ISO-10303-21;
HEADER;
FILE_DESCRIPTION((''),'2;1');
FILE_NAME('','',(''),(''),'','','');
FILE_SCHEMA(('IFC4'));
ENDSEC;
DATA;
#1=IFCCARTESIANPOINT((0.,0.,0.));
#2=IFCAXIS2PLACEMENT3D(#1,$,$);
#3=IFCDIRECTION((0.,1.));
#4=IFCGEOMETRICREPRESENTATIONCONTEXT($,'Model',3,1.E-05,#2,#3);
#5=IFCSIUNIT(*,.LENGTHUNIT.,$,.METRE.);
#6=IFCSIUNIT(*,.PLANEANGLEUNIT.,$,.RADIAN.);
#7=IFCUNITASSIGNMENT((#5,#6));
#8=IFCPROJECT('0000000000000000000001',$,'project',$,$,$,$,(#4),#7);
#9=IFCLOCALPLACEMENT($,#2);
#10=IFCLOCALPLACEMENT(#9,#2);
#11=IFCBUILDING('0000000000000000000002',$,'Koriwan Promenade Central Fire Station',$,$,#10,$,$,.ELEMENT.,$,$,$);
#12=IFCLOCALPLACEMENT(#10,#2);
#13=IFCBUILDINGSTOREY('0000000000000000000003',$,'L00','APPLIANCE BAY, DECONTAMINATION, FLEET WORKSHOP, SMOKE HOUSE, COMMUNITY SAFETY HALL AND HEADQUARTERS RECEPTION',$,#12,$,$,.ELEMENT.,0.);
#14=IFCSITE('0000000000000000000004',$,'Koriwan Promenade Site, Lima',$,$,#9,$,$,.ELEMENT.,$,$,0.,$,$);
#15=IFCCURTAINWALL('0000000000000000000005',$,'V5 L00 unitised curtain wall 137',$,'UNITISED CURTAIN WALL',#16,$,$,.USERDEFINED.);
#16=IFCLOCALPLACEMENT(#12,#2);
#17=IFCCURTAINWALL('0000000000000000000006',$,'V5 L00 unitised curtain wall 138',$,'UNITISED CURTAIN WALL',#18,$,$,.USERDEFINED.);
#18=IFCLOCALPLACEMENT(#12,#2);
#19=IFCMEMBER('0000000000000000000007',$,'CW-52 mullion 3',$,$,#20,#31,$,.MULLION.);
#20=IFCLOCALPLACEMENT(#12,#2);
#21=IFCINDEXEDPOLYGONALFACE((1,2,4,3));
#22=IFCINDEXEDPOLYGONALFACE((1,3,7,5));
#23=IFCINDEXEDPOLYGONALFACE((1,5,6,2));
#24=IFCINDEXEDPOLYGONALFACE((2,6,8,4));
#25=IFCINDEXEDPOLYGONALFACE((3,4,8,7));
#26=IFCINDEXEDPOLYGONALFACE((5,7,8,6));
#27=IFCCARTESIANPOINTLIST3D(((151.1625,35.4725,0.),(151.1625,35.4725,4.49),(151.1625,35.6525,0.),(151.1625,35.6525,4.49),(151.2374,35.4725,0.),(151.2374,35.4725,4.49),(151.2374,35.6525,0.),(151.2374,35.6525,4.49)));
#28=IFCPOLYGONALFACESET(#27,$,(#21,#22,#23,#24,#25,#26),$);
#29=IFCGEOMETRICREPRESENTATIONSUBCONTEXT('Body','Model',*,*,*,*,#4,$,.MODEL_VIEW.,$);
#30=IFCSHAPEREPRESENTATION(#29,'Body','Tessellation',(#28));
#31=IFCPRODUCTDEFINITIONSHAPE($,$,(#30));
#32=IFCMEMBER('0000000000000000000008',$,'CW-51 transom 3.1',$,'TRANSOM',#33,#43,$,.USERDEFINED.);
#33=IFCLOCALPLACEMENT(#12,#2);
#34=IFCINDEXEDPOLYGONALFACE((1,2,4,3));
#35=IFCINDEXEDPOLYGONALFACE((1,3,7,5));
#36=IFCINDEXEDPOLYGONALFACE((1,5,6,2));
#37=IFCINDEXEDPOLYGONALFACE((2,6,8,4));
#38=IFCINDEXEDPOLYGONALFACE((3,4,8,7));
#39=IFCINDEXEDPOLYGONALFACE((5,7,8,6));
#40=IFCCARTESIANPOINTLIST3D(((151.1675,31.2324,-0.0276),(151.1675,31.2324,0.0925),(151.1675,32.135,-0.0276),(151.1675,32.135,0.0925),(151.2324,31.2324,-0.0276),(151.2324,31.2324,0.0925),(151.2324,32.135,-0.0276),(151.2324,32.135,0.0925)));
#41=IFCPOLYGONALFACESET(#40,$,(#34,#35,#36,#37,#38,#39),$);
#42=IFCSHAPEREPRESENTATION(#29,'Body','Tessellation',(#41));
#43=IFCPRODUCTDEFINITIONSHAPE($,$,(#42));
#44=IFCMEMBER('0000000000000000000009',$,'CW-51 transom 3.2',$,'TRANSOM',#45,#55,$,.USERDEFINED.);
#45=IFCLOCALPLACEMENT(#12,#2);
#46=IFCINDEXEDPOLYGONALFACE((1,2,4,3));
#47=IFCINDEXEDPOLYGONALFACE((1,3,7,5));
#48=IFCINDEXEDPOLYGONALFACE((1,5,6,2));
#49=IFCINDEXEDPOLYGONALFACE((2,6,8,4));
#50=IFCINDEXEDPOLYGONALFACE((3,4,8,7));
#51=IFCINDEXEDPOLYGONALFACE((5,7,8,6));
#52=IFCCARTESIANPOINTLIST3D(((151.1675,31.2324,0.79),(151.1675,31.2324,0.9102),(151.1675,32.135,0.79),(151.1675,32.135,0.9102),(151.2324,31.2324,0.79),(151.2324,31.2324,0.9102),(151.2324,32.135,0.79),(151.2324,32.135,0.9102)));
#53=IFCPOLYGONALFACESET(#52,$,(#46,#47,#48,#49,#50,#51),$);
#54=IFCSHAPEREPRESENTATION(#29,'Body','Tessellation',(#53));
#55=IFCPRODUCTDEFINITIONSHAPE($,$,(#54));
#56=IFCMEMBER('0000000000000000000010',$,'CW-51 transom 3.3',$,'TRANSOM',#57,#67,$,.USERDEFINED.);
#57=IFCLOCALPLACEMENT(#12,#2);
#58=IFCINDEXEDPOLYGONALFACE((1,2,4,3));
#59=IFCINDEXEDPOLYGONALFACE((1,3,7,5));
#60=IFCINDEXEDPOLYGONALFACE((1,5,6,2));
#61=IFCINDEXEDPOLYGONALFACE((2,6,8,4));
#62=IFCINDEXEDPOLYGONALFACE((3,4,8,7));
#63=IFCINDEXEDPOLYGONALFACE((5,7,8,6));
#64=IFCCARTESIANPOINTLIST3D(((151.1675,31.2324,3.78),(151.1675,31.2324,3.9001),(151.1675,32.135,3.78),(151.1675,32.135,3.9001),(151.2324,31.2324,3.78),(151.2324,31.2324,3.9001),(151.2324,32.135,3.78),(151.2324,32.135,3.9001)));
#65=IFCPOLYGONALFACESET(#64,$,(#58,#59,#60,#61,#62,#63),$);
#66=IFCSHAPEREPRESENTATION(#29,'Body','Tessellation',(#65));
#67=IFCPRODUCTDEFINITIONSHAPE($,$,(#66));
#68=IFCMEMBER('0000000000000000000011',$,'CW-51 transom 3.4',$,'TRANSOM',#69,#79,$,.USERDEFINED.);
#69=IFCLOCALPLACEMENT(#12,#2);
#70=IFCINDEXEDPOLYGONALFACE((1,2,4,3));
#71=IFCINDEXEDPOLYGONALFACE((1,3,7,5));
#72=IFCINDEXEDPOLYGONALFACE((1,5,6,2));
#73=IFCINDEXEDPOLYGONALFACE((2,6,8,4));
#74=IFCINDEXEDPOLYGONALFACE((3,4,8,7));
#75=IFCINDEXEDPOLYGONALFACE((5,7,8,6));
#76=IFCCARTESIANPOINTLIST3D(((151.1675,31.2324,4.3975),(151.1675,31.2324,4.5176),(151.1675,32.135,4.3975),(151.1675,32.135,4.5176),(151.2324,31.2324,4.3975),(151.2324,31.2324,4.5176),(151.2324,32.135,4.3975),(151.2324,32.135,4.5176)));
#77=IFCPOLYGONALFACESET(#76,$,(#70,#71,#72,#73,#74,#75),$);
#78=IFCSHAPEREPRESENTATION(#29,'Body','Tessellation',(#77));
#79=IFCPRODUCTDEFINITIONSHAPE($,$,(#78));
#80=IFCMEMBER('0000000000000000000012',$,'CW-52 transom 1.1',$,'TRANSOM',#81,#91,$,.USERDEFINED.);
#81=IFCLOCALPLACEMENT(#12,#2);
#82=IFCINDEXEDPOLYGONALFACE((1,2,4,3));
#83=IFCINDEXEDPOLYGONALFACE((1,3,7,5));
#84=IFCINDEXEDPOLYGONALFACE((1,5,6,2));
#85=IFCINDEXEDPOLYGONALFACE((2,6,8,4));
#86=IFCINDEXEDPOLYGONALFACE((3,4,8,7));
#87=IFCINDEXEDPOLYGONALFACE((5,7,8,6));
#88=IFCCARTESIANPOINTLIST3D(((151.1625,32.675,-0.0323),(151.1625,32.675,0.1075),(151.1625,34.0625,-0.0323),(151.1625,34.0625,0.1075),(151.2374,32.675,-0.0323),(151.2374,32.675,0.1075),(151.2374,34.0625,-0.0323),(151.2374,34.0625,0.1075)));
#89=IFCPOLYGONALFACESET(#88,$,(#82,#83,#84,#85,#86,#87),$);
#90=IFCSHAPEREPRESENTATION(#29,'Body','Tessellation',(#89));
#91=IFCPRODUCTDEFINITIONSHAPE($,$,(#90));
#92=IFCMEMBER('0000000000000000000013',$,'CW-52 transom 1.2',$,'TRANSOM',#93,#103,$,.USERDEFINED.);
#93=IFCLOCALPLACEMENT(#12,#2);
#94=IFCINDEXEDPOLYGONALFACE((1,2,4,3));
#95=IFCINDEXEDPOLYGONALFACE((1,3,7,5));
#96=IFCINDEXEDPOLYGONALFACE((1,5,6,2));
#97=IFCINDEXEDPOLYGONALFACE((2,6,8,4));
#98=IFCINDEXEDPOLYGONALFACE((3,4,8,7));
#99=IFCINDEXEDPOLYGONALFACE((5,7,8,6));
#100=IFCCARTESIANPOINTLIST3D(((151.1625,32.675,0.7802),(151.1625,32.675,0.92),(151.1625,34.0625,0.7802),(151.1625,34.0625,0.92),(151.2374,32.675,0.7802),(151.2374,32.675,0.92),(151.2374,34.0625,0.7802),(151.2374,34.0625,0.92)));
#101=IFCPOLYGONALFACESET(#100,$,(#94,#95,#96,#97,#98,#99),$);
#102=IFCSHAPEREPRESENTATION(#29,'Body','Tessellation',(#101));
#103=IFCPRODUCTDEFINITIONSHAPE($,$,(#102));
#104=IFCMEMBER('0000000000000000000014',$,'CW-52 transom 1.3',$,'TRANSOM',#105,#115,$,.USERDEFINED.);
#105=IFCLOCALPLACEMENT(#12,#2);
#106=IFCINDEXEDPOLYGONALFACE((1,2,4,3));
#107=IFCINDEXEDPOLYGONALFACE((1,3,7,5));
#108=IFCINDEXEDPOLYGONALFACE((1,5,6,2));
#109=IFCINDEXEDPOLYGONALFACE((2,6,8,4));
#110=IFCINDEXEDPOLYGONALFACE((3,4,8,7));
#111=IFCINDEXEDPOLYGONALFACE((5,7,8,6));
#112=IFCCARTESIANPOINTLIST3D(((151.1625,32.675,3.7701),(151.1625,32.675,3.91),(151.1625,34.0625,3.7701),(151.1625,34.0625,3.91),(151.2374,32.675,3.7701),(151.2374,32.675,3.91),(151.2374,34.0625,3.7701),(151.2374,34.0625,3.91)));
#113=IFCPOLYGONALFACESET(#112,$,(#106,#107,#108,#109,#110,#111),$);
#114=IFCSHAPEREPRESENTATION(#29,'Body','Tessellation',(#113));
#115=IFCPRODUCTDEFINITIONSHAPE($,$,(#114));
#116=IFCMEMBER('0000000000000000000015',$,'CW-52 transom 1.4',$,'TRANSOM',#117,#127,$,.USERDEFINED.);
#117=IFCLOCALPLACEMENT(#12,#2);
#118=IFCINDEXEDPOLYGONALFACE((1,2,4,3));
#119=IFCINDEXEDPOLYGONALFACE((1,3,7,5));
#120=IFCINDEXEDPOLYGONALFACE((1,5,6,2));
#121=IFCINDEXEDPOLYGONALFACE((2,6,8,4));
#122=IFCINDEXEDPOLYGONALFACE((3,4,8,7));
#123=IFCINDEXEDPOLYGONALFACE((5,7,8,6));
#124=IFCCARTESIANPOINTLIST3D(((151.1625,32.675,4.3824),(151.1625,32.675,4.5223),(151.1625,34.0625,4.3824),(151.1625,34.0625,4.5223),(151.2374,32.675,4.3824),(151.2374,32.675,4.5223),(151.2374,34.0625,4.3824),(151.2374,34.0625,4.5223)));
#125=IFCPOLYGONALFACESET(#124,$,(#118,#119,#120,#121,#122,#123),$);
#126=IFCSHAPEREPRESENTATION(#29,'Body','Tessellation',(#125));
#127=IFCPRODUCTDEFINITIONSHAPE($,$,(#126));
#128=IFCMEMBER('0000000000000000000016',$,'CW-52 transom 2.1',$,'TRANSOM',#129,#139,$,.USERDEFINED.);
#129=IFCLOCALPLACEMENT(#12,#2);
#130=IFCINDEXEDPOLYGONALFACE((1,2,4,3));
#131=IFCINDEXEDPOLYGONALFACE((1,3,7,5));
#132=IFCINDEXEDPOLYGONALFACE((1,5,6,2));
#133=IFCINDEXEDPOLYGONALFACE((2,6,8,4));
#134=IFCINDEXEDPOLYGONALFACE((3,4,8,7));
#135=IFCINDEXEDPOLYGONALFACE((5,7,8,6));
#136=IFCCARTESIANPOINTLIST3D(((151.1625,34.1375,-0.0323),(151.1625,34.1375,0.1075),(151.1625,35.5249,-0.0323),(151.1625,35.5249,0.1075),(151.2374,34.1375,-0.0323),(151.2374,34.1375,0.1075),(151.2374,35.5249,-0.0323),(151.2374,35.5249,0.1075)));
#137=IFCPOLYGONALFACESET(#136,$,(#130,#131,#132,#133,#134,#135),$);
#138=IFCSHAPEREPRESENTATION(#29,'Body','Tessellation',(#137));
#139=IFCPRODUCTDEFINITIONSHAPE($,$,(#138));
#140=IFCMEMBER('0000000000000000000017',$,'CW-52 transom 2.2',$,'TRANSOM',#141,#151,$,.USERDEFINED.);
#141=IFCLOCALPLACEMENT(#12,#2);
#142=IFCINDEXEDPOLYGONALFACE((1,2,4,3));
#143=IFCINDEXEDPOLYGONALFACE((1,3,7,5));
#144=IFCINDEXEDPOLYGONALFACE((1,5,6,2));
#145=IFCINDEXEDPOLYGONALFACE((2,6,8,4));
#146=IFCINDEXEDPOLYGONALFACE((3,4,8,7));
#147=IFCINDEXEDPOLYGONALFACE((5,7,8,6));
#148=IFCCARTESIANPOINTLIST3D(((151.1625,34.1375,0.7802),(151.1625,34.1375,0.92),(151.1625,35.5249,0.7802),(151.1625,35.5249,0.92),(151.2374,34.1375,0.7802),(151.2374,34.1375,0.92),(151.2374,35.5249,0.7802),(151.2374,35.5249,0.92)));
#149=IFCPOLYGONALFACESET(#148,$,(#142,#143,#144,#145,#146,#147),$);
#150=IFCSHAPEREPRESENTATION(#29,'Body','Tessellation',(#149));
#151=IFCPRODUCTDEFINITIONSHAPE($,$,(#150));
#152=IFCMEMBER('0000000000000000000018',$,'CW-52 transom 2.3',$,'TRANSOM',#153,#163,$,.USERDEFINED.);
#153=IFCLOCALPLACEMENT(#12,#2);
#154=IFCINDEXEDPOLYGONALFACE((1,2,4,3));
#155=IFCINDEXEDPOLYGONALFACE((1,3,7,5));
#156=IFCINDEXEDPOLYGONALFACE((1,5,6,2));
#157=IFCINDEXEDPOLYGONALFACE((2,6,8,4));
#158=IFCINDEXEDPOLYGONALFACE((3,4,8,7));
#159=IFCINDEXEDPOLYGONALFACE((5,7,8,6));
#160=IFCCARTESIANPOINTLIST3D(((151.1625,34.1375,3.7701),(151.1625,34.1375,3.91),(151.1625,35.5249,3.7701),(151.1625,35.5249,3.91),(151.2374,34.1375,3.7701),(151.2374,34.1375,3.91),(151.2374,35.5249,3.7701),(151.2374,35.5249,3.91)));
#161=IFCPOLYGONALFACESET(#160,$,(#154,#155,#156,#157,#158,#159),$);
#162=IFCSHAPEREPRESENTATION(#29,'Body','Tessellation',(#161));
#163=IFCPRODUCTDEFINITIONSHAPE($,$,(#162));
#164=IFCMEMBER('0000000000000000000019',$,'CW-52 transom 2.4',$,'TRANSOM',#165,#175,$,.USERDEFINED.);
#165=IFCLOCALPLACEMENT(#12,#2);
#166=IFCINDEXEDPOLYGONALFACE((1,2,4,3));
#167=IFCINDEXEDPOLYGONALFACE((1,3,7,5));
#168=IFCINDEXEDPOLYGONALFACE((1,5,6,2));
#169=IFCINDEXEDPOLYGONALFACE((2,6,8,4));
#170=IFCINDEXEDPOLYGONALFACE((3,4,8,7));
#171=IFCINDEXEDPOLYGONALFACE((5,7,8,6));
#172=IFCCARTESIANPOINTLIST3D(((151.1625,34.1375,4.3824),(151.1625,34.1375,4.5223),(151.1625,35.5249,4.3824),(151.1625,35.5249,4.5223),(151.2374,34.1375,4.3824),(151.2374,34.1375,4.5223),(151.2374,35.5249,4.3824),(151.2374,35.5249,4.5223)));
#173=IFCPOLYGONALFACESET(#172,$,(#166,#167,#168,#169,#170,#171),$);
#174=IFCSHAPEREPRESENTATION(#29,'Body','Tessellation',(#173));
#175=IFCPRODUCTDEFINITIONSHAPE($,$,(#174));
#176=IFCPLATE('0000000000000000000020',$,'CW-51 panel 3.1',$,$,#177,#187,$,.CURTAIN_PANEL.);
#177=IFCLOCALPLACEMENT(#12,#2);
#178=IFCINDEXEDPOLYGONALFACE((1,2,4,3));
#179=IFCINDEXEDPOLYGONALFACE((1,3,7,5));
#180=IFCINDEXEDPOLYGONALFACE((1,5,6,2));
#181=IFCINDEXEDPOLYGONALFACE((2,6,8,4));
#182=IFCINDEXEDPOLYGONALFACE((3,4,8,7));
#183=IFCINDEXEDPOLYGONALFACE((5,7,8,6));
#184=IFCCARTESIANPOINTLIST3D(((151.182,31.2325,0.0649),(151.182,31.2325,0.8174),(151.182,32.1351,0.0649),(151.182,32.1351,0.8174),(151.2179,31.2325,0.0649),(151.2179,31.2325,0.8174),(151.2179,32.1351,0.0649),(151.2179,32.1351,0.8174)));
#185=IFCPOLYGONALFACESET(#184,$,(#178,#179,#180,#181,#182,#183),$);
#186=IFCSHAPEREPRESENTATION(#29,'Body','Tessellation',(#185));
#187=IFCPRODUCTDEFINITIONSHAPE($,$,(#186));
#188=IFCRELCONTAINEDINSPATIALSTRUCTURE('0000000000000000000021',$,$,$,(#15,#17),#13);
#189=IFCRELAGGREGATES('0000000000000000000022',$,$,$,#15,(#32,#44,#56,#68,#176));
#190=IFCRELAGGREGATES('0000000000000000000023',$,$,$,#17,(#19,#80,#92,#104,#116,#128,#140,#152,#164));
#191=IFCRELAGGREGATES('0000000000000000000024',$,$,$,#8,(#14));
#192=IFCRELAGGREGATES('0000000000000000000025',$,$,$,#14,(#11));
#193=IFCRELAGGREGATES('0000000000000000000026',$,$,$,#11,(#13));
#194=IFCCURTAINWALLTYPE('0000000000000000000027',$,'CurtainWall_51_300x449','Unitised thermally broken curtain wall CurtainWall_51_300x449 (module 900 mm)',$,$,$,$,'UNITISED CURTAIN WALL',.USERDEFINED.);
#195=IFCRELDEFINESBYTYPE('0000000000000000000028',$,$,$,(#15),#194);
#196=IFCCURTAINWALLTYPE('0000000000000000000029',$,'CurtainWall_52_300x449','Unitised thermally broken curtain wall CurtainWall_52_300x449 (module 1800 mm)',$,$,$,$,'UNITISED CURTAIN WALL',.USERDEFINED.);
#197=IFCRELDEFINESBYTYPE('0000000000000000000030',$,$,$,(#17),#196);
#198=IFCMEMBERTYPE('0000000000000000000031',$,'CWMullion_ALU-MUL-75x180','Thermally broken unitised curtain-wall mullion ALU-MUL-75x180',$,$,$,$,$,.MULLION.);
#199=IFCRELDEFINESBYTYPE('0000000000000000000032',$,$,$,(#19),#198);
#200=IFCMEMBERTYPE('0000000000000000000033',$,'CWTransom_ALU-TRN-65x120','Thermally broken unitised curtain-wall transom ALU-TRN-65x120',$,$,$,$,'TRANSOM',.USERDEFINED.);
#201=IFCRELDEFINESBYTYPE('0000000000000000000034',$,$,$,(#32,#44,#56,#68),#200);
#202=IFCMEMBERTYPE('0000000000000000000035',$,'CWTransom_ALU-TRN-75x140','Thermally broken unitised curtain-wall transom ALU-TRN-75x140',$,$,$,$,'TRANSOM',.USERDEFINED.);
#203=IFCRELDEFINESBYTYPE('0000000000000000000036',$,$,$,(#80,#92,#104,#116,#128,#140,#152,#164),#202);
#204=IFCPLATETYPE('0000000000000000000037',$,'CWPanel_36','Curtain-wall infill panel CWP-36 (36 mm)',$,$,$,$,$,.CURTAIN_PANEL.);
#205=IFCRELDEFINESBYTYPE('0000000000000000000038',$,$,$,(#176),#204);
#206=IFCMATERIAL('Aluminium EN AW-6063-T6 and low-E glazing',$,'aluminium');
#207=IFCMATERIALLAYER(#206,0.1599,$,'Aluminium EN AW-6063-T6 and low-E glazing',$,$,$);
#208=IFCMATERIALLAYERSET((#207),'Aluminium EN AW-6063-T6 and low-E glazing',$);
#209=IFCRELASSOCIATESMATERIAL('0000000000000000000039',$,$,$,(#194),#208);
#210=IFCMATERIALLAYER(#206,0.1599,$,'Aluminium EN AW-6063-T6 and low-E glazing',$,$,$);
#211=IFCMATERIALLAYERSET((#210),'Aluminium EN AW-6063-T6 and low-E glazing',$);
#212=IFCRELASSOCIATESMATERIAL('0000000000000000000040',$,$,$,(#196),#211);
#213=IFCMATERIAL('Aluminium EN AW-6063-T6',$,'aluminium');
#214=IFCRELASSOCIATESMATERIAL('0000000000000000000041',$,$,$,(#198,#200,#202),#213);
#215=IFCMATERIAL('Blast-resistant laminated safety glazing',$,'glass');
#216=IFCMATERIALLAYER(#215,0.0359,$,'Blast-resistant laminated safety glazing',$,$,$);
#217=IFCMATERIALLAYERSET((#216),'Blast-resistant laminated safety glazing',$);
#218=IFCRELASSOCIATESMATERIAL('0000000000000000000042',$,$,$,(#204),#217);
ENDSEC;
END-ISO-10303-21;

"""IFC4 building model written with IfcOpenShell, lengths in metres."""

from ifc_helpers import new_model, si_unit, direction, frame, origin, origin_2d, place, context, subcontext, project, spatial, rectangle, extrude, material, layer, layer_set, material_profile, profile_set, type_object, element, aggregate, save


model = new_model("IFC4")

# Units and contexts
model_context = context("Model", 3, precision=1e-05, world=origin(), true_north=direction((0.0, 1.0)))
body_context = subcontext(model_context, "Body", "Model", "MODEL_VIEW")
ifc_project = project(units=[si_unit("LENGTHUNIT", "METRE"), si_unit("PLANEANGLEUNIT", "RADIAN")], contexts=[model_context])

# Site, building, storey
site_placement = place(None, origin())
site = spatial("IfcSite", under=ifc_project, at=site_placement, Name="Koriwan Promenade Site, Lima", CompositionType="ELEMENT", RefElevation=0.0)
building_placement = place(site_placement, origin())
building = spatial("IfcBuilding", under=site, at=building_placement, Name="Koriwan Promenade Central Fire Station", CompositionType="ELEMENT")
storey_placement = place(building_placement, origin())
storey = spatial("IfcBuildingStorey", under=building, at=storey_placement, Name="L00", Description="APPLIANCE BAY, DECONTAMINATION, FLEET WORKSHOP, SMOKE HOUSE, COMMUNITY SAFETY HALL AND HEADQUARTERS RECEPTION", CompositionType="ELEMENT", Elevation=0.0)

# Curtain walls, member
ifc_material_1 = material(Name="Aluminium EN AW-6063-T6 and low-E glazing", Category="aluminium")
ifc_layer_1 = layer(ifc_material_1, 0.1599, Name="Aluminium EN AW-6063-T6 and low-E glazing")
ifc_layer_set_1 = layer_set([ifc_layer_1], Name="Aluminium EN AW-6063-T6 and low-E glazing")
curtain_wall_type_1 = type_object("IfcCurtainWallType", Name="CurtainWall_51_300x449", Description="Unitised thermally broken curtain wall CurtainWall_51_300x449 (module 900 mm)", ElementType="UNITISED CURTAIN WALL", PredefinedType="USERDEFINED", material=ifc_layer_set_1)
curtain_wall_1_placement = place(storey_placement, origin())
curtain_wall_1 = element("IfcCurtainWall", 1, at=curtain_wall_1_placement, inside=storey, type_object=curtain_wall_type_1, Name="V5 L00 unitised curtain wall 137", ObjectType="UNITISED CURTAIN WALL", PredefinedType="USERDEFINED")
ifc_material_2 = material(Name="Aluminium EN AW-6063-T6", Category="aluminium")
ifc_layer_2 = layer(ifc_material_1, 0.1599, Name="Aluminium EN AW-6063-T6 and low-E glazing")
ifc_layer_set_2 = layer_set([ifc_layer_2], Name="Aluminium EN AW-6063-T6 and low-E glazing")
curtain_wall_type_2 = type_object("IfcCurtainWallType", Name="CurtainWall_52_300x449", Description="Unitised thermally broken curtain wall CurtainWall_52_300x449 (module 1800 mm)", ElementType="UNITISED CURTAIN WALL", PredefinedType="USERDEFINED", material=ifc_layer_set_2)
curtain_wall_2_placement = place(storey_placement, origin())
curtain_wall_2 = element("IfcCurtainWall", 2, at=curtain_wall_2_placement, inside=storey, type_object=curtain_wall_type_2, Name="V5 L00 unitised curtain wall 138", ObjectType="UNITISED CURTAIN WALL", PredefinedType="USERDEFINED")
ifc_material_profile_1 = material_profile(ifc_material_2, rectangle(XDim=0.075, YDim=0.1799, at=origin_2d()), Name="ALU-MUL-75x180")
ifc_profile_set_1 = profile_set([ifc_material_profile_1], Name="Aluminium EN AW-6063-T6")
member_type_1 = type_object("IfcMemberType", Name="CWMullion_ALU-MUL-75x180", Description="Thermally broken unitised curtain-wall mullion ALU-MUL-75x180", PredefinedType="MULLION", material=ifc_profile_set_1)
member_1_placement = place(storey_placement, frame((151.2, 35.5625, 0.0), z_axis=(0.0, 0.0, 1.0), x_axis=(-1.0, 0.0, 0.0)))
member_1 = element("IfcMember", 3, at=member_1_placement, type_object=member_type_1, Name="CW-52 mullion 3", PredefinedType="MULLION", context=body_context, shape_type="SweptSolid", body=[
    extrude(rectangle(XDim=0.075, YDim=0.1799, at=origin_2d()), origin(), (0.0, 0.0, 1.0), 4.49),
])

# Members
ifc_material_profile_2 = material_profile(ifc_material_2, rectangle(XDim=0.0649, YDim=0.1201, at=origin_2d()), Name="ALU-TRN-65x120")
ifc_profile_set_2 = profile_set([ifc_material_profile_2], Name="Aluminium EN AW-6063-T6")
member_type_2 = type_object("IfcMemberType", Name="CWTransom_ALU-TRN-65x120", Description="Thermally broken unitised curtain-wall transom ALU-TRN-65x120", ElementType="TRANSOM", PredefinedType="USERDEFINED", material=ifc_profile_set_2)
member_2_placement = place(storey_placement, frame((151.2, 31.2324, 0.0325), z_axis=(0.0, 1.0, 0.0), x_axis=(-1.0, 0.0, 0.0)))
member_2 = element("IfcMember", 4, at=member_2_placement, type_object=member_type_2, Name="CW-51 transom 3.1", ObjectType="TRANSOM", PredefinedType="USERDEFINED", context=body_context, shape_type="SweptSolid", body=[
    extrude(rectangle(XDim=0.0649, YDim=0.1201, at=origin_2d()), origin(), (0.0, 0.0, 1.0), 0.9026),
])
member_3_placement = place(storey_placement, frame((151.2, 31.2324, 0.8501), z_axis=(0.0, 1.0, 0.0), x_axis=(-1.0, 0.0, 0.0)))
member_3 = element("IfcMember", 5, at=member_3_placement, type_object=member_type_2, Name="CW-51 transom 3.2", ObjectType="TRANSOM", PredefinedType="USERDEFINED", context=body_context, shape_type="SweptSolid", body=[
    extrude(rectangle(XDim=0.0649, YDim=0.1201, at=origin_2d()), origin(), (0.0, 0.0, 1.0), 0.9026),
])
member_4_placement = place(storey_placement, frame((151.2, 31.2324, 3.8401), z_axis=(0.0, 1.0, 0.0), x_axis=(-1.0, 0.0, 0.0)))
member_4 = element("IfcMember", 6, at=member_4_placement, type_object=member_type_2, Name="CW-51 transom 3.3", ObjectType="TRANSOM", PredefinedType="USERDEFINED", context=body_context, shape_type="SweptSolid", body=[
    extrude(rectangle(XDim=0.0649, YDim=0.1201, at=origin_2d()), origin(), (0.0, 0.0, 1.0), 0.9026),
])
member_5_placement = place(storey_placement, frame((151.2, 31.2324, 4.4575), z_axis=(0.0, 1.0, 0.0), x_axis=(-1.0, 0.0, 0.0)))
member_5 = element("IfcMember", 7, at=member_5_placement, type_object=member_type_2, Name="CW-51 transom 3.4", ObjectType="TRANSOM", PredefinedType="USERDEFINED", context=body_context, shape_type="SweptSolid", body=[
    extrude(rectangle(XDim=0.0649, YDim=0.1201, at=origin_2d()), origin(), (0.0, 0.0, 1.0), 0.9026),
])
ifc_material_profile_3 = material_profile(ifc_material_2, rectangle(XDim=0.075, YDim=0.1399, at=origin_2d()), Name="ALU-TRN-75x140")
ifc_profile_set_3 = profile_set([ifc_material_profile_3], Name="Aluminium EN AW-6063-T6")
member_type_3 = type_object("IfcMemberType", Name="CWTransom_ALU-TRN-75x140", Description="Thermally broken unitised curtain-wall transom ALU-TRN-75x140", ElementType="TRANSOM", PredefinedType="USERDEFINED", material=ifc_profile_set_3)
member_6_placement = place(storey_placement, frame((151.2, 32.675, 0.0376), z_axis=(0.0, 1.0, 0.0), x_axis=(-1.0, 0.0, 0.0)))
member_6 = element("IfcMember", 8, at=member_6_placement, type_object=member_type_3, Name="CW-52 transom 1.1", ObjectType="TRANSOM", PredefinedType="USERDEFINED", context=body_context, shape_type="SweptSolid", body=[
    extrude(rectangle(XDim=0.075, YDim=0.1399, at=origin_2d()), origin(), (0.0, 0.0, 1.0), 1.3875),
])
member_7_placement = place(storey_placement, frame((151.2, 32.675, 0.8501), z_axis=(0.0, 1.0, 0.0), x_axis=(-1.0, 0.0, 0.0)))
member_7 = element("IfcMember", 9, at=member_7_placement, type_object=member_type_3, Name="CW-52 transom 1.2", ObjectType="TRANSOM", PredefinedType="USERDEFINED", context=body_context, shape_type="SweptSolid", body=[
    extrude(rectangle(XDim=0.075, YDim=0.1399, at=origin_2d()), origin(), (0.0, 0.0, 1.0), 1.3875),
])
member_8_placement = place(storey_placement, frame((151.2, 32.675, 3.8401), z_axis=(0.0, 1.0, 0.0), x_axis=(-1.0, 0.0, 0.0)))
member_8 = element("IfcMember", 10, at=member_8_placement, type_object=member_type_3, Name="CW-52 transom 1.3", ObjectType="TRANSOM", PredefinedType="USERDEFINED", context=body_context, shape_type="SweptSolid", body=[
    extrude(rectangle(XDim=0.075, YDim=0.1399, at=origin_2d()), origin(), (0.0, 0.0, 1.0), 1.3875),
])
member_9_placement = place(storey_placement, frame((151.2, 32.675, 4.4524), z_axis=(0.0, 1.0, 0.0), x_axis=(-1.0, 0.0, 0.0)))
member_9 = element("IfcMember", 11, at=member_9_placement, type_object=member_type_3, Name="CW-52 transom 1.4", ObjectType="TRANSOM", PredefinedType="USERDEFINED", context=body_context, shape_type="SweptSolid", body=[
    extrude(rectangle(XDim=0.075, YDim=0.1399, at=origin_2d()), origin(), (0.0, 0.0, 1.0), 1.3875),
])
member_10_placement = place(storey_placement, frame((151.2, 34.1375, 0.0376), z_axis=(0.0, 1.0, 0.0), x_axis=(-1.0, 0.0, 0.0)))
member_10 = element("IfcMember", 12, at=member_10_placement, type_object=member_type_3, Name="CW-52 transom 2.1", ObjectType="TRANSOM", PredefinedType="USERDEFINED", context=body_context, shape_type="SweptSolid", body=[
    extrude(rectangle(XDim=0.075, YDim=0.1399, at=origin_2d()), origin(), (0.0, 0.0, 1.0), 1.3875),
])
member_11_placement = place(storey_placement, frame((151.2, 34.1375, 0.8501), z_axis=(0.0, 1.0, 0.0), x_axis=(-1.0, 0.0, 0.0)))
member_11 = element("IfcMember", 13, at=member_11_placement, type_object=member_type_3, Name="CW-52 transom 2.2", ObjectType="TRANSOM", PredefinedType="USERDEFINED", context=body_context, shape_type="SweptSolid", body=[
    extrude(rectangle(XDim=0.075, YDim=0.1399, at=origin_2d()), origin(), (0.0, 0.0, 1.0), 1.3875),
])
member_12_placement = place(storey_placement, frame((151.2, 34.1375, 3.8401), z_axis=(0.0, 1.0, 0.0), x_axis=(-1.0, 0.0, 0.0)))
member_12 = element("IfcMember", 14, at=member_12_placement, type_object=member_type_3, Name="CW-52 transom 2.3", ObjectType="TRANSOM", PredefinedType="USERDEFINED", context=body_context, shape_type="SweptSolid", body=[
    extrude(rectangle(XDim=0.075, YDim=0.1399, at=origin_2d()), origin(), (0.0, 0.0, 1.0), 1.3875),
])
member_13_placement = place(storey_placement, frame((151.2, 34.1375, 4.4524), z_axis=(0.0, 1.0, 0.0), x_axis=(-1.0, 0.0, 0.0)))
member_13 = element("IfcMember", 15, at=member_13_placement, type_object=member_type_3, Name="CW-52 transom 2.4", ObjectType="TRANSOM", PredefinedType="USERDEFINED", context=body_context, shape_type="SweptSolid", body=[
    extrude(rectangle(XDim=0.075, YDim=0.1399, at=origin_2d()), origin(), (0.0, 0.0, 1.0), 1.3875),
])

# Plate
ifc_material_3 = material(Name="Blast-resistant laminated safety glazing", Category="glass")
ifc_layer_3 = layer(ifc_material_3, 0.0359, Name="Blast-resistant laminated safety glazing")
ifc_layer_set_3 = layer_set([ifc_layer_3], Name="Blast-resistant laminated safety glazing")
plate_type = type_object("IfcPlateType", Name="CWPanel_36", Description="Curtain-wall infill panel CWP-36 (36 mm)", PredefinedType="CURTAIN_PANEL", material=ifc_layer_set_3)
plate_1_placement = place(storey_placement, frame((151.2, 31.6838, 0.0649), z_axis=(0.0, 0.0, 1.0), x_axis=(0.0, 1.0, 0.0)))
plate_1 = element("IfcPlate", 16, at=plate_1_placement, type_object=plate_type, Name="CW-51 panel 3.1", PredefinedType="CURTAIN_PANEL", context=body_context, shape_type="SweptSolid", body=[
    extrude(rectangle(XDim=0.9026, YDim=0.0359, at=origin_2d()), origin(), (0.0, 0.0, 1.0), 0.7524),
])
aggregate(curtain_wall_1, [member_2, member_3, member_4, member_5, plate_1])
aggregate(curtain_wall_2, [member_1, member_6, member_7, member_8, member_9, member_10, member_11, member_12, member_13])

save(model, "model.ifc")
